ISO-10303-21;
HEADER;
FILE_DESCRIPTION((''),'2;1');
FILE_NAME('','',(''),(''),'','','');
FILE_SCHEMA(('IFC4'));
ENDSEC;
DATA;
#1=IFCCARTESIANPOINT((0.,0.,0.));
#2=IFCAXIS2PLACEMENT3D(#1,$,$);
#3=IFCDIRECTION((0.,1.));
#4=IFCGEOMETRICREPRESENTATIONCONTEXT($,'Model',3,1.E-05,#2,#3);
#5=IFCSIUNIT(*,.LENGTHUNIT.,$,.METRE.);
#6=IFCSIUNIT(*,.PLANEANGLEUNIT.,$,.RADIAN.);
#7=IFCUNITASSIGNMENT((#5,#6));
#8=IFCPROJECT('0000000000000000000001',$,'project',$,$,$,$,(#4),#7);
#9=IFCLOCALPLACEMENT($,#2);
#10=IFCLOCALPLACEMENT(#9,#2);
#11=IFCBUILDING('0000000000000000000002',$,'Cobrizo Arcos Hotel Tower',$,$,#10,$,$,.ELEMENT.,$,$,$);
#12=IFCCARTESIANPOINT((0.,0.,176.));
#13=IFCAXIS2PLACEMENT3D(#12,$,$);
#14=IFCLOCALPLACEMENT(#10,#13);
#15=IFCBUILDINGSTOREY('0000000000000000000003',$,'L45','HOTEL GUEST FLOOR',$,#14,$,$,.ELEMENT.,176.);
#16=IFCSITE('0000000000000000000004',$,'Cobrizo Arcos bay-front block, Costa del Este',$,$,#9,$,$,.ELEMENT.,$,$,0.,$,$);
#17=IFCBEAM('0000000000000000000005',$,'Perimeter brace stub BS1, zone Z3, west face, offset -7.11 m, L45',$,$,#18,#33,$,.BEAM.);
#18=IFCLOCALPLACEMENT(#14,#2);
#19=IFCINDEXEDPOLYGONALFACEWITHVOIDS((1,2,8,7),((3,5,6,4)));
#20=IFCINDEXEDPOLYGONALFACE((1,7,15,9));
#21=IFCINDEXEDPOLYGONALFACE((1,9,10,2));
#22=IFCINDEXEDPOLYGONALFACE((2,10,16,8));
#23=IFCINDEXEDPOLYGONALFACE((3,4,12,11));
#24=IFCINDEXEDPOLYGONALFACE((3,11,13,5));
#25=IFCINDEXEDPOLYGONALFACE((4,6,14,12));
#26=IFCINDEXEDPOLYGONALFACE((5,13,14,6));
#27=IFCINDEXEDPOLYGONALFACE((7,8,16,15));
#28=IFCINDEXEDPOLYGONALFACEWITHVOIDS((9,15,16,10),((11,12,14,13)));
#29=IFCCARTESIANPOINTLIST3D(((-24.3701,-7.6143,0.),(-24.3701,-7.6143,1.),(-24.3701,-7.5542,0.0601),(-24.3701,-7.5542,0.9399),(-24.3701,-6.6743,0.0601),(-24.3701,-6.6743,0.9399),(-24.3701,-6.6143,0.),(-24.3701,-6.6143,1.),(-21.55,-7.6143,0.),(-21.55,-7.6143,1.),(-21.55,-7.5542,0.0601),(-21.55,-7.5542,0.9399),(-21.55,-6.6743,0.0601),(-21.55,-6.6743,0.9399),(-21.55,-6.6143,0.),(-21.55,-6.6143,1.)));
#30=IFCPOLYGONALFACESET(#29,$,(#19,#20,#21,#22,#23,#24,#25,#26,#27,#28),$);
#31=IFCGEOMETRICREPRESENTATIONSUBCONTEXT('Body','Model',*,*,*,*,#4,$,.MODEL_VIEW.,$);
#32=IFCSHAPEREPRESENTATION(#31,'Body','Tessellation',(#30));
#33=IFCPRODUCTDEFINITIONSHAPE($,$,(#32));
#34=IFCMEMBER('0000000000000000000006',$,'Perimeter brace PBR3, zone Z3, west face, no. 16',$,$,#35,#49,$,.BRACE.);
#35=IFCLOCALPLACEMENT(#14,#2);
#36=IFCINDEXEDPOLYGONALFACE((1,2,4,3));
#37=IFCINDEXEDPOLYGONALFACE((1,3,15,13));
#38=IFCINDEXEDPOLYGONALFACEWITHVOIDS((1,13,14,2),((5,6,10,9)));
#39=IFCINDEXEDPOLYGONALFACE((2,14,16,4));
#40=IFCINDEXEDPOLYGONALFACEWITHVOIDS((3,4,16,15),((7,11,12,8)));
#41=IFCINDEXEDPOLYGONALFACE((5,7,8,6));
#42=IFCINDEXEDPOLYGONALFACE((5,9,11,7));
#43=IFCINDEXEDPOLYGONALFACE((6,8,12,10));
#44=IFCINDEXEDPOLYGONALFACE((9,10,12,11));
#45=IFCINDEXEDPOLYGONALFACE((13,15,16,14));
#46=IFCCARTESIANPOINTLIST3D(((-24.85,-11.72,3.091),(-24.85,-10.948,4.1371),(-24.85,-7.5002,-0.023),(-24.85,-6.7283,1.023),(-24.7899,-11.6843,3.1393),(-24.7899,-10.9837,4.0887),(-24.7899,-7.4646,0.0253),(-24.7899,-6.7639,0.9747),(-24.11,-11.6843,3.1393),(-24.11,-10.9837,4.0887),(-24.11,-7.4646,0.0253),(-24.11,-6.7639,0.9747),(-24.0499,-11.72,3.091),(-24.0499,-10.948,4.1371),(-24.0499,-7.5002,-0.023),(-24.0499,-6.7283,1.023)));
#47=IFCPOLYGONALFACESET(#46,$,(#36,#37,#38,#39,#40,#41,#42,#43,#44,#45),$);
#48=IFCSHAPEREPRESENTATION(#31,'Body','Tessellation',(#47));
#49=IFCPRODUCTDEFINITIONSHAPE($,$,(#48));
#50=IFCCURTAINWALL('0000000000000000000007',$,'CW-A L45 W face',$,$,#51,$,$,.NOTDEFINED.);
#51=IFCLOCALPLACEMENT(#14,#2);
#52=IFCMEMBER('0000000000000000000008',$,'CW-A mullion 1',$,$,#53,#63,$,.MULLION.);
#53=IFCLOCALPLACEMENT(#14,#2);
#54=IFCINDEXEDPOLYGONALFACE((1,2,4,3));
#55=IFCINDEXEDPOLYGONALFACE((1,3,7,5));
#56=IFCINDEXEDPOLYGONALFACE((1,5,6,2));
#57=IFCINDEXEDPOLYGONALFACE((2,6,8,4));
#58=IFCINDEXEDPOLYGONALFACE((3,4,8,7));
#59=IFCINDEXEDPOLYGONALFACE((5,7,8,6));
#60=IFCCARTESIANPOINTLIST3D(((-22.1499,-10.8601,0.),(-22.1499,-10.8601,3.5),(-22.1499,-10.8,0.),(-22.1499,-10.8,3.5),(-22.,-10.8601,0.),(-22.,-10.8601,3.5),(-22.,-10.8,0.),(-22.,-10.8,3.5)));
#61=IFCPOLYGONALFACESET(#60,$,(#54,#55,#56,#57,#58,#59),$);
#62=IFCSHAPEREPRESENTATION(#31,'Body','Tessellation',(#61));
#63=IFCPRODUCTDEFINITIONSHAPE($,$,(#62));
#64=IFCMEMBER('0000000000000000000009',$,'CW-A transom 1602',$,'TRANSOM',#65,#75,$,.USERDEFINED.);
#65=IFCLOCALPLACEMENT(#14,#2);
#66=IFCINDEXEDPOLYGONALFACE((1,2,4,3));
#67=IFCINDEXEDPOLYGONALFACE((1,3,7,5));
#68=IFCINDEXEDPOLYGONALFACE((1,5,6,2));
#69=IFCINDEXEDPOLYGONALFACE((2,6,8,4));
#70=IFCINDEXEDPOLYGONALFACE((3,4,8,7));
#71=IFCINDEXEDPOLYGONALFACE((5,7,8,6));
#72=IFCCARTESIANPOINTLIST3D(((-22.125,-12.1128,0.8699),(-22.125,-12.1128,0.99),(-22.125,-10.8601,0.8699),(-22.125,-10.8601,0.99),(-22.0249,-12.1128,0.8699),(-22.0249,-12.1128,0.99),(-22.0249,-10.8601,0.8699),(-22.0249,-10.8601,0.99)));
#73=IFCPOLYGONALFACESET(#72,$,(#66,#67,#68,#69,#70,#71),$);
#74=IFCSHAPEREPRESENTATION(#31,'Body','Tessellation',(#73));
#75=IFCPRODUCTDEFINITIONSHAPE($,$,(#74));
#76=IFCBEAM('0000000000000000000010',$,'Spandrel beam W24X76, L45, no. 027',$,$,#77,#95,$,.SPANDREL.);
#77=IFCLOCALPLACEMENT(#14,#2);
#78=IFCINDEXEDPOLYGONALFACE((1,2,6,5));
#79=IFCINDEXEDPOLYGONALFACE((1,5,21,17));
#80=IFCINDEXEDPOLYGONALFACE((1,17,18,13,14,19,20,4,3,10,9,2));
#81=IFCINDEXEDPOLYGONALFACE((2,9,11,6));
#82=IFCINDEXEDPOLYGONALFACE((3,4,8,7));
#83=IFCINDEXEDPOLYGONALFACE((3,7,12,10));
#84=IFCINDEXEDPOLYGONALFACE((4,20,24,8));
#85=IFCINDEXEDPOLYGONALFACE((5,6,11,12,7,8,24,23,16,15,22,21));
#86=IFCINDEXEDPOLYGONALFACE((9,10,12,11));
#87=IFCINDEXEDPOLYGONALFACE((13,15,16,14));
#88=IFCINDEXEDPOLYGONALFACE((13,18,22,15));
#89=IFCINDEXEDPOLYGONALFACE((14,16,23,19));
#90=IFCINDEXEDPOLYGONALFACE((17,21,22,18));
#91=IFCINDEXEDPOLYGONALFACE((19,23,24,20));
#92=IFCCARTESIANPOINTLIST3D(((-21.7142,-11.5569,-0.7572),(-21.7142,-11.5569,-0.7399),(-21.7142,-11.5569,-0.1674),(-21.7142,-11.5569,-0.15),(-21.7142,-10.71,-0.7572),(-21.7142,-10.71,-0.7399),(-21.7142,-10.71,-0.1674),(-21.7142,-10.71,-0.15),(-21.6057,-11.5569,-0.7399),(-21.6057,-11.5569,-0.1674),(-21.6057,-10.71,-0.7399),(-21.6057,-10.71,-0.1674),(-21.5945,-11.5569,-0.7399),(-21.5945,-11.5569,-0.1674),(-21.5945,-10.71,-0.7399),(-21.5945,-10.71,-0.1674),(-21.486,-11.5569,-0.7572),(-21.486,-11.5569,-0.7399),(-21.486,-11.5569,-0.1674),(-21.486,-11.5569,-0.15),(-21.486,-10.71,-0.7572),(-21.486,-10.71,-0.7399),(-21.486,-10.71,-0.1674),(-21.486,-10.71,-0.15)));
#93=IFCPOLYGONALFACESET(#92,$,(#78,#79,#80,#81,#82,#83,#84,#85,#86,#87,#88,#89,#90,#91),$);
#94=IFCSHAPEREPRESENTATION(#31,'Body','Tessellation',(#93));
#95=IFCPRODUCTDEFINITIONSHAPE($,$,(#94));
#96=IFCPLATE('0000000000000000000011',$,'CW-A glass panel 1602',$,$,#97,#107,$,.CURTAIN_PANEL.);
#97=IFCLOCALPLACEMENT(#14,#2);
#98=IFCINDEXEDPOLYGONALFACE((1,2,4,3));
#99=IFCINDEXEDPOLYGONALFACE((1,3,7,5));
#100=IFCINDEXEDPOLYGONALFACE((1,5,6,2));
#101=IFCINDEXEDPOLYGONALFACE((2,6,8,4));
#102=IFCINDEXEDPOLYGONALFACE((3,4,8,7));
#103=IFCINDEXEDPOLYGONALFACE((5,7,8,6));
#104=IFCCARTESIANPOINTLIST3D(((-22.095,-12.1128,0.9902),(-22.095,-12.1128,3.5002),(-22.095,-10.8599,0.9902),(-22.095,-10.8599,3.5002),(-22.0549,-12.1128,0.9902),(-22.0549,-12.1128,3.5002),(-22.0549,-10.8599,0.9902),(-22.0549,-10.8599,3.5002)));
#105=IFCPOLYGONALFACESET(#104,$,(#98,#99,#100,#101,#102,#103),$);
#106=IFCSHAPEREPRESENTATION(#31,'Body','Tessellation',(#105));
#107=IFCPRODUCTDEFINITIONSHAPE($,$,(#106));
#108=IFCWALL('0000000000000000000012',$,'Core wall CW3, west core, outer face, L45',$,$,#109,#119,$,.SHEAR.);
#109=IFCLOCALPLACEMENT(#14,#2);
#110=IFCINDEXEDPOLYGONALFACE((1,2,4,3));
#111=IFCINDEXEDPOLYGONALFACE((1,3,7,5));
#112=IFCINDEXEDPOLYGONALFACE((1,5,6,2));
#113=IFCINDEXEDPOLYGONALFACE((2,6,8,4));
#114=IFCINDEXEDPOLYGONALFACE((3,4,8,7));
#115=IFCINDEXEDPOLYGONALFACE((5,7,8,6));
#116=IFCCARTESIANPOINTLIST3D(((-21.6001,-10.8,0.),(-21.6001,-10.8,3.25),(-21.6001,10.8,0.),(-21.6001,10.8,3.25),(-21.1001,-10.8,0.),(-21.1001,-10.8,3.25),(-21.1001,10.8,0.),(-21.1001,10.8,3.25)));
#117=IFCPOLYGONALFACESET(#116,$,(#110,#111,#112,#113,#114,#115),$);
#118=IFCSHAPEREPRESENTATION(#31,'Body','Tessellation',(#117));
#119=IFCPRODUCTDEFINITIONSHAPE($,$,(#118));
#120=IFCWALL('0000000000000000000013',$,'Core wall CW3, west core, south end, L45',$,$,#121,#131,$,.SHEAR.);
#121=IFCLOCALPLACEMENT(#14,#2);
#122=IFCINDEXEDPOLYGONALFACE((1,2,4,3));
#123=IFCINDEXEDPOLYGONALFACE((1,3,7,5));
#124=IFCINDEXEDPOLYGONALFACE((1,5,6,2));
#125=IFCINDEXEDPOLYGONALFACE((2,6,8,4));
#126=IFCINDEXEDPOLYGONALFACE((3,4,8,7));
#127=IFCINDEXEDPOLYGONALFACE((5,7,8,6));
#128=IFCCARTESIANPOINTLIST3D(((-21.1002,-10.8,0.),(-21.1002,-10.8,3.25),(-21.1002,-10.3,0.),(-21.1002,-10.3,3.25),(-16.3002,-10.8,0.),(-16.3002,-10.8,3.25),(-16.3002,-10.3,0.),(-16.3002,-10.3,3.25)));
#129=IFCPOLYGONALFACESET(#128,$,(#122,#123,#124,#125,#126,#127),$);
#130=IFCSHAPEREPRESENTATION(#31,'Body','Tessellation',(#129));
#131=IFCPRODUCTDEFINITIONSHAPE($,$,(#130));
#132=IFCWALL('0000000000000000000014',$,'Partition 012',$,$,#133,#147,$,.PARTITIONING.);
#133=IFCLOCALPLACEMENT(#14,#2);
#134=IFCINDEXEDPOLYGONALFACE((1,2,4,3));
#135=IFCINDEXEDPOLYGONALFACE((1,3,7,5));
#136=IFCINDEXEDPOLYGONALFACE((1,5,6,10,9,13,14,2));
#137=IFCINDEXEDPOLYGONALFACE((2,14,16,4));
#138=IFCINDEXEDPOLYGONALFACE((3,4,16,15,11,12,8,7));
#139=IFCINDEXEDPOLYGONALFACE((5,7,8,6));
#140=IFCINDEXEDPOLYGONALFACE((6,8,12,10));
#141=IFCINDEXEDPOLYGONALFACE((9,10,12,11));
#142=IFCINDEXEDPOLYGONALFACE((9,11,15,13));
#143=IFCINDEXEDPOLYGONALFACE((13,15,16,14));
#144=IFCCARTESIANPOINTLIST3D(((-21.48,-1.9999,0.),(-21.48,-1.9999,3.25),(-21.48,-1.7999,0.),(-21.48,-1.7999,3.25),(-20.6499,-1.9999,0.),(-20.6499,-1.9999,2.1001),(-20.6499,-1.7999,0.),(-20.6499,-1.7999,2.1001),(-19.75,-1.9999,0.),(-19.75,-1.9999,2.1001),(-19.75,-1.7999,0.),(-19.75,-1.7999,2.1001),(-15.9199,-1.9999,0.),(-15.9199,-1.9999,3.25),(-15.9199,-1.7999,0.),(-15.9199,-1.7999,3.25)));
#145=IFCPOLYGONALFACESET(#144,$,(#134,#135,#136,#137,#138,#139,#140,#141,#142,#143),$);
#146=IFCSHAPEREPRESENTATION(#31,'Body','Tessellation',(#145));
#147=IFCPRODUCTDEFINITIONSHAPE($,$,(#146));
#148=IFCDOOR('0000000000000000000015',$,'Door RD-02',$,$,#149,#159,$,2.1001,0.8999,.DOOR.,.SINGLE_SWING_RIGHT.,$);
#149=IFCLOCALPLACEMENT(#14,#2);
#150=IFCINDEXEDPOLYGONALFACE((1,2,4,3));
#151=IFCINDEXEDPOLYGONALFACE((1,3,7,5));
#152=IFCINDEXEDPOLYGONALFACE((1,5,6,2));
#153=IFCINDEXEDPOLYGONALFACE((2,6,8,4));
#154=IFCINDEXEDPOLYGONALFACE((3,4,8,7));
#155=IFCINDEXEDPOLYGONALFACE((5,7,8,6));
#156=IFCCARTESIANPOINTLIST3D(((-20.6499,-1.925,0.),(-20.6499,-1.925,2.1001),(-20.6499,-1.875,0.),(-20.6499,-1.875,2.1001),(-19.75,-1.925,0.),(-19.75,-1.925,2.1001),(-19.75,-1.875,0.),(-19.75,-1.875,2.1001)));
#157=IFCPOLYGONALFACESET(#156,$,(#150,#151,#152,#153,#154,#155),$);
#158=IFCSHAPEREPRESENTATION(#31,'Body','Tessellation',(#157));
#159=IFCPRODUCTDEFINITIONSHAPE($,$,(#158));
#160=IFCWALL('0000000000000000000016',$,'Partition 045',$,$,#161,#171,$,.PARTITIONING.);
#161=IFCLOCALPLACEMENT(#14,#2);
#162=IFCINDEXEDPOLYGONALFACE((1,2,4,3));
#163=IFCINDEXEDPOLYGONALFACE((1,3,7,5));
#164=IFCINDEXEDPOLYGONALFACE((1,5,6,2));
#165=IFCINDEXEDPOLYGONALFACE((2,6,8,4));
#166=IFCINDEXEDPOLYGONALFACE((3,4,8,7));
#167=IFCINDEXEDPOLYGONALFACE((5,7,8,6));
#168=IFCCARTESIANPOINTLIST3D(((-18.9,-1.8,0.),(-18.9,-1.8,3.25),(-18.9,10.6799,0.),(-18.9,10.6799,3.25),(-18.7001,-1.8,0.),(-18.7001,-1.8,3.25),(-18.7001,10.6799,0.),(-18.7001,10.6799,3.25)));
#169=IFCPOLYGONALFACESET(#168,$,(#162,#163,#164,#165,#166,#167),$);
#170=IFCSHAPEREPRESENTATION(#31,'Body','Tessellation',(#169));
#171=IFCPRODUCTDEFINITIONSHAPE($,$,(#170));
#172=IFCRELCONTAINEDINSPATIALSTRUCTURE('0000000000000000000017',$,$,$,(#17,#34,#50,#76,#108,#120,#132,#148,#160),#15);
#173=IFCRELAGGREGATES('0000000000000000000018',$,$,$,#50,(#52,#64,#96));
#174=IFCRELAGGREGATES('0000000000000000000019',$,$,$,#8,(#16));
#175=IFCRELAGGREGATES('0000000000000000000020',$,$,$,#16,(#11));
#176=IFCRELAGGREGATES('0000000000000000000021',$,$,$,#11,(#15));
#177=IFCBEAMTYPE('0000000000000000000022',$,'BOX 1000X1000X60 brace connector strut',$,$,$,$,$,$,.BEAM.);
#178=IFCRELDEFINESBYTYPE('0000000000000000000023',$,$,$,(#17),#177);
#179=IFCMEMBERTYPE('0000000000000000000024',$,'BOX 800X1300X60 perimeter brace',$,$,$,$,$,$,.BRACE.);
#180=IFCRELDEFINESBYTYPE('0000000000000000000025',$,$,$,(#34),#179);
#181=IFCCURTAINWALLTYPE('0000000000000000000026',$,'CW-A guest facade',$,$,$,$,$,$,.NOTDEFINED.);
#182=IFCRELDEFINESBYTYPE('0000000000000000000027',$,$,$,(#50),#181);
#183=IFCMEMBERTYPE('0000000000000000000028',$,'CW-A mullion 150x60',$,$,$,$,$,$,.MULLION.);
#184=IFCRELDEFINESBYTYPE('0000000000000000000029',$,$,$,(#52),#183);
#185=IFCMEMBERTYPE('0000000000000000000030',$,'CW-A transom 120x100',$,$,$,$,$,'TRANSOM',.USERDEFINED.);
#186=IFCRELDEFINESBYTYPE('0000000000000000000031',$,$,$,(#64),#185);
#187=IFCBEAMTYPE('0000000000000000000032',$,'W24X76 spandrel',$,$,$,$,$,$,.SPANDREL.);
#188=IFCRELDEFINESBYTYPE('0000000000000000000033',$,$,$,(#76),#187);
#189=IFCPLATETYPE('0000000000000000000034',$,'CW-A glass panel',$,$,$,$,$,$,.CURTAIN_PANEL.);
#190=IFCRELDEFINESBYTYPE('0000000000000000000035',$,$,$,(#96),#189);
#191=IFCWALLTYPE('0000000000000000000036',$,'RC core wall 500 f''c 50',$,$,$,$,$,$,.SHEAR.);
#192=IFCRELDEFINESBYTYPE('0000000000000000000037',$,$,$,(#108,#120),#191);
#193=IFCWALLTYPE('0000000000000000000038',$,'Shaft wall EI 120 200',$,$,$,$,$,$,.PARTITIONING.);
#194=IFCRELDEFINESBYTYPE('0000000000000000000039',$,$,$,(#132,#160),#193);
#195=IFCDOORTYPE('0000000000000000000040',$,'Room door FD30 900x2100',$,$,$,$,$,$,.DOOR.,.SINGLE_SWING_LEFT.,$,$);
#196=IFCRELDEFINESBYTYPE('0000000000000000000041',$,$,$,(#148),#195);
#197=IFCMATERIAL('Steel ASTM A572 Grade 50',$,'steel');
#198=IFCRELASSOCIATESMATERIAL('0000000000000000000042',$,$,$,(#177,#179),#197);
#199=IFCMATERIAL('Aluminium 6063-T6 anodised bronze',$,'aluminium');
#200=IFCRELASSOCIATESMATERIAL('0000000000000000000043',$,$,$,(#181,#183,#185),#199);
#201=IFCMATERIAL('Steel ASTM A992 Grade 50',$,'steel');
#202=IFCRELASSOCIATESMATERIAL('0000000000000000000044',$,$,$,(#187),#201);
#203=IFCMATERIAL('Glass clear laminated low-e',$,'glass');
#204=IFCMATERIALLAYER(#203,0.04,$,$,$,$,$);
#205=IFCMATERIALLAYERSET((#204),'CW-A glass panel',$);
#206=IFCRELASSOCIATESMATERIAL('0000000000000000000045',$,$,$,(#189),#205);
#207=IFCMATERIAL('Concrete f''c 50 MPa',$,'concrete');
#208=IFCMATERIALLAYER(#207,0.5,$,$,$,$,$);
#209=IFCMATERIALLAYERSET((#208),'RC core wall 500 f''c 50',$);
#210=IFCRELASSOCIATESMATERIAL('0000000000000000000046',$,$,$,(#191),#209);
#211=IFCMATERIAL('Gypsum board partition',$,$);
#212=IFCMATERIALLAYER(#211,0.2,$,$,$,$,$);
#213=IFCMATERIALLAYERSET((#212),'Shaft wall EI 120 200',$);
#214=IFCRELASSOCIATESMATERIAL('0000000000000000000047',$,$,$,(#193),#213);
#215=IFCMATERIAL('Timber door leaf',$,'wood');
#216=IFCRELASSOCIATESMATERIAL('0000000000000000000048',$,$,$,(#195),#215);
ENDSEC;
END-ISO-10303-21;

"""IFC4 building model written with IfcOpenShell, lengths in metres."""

from ifc_helpers import new_model, si_unit, direction, frame, frame_2d, origin, origin_2d, place, context, subcontext, project, spatial, rectangle, hollow_rectangle, i_section, extrude, material, layer, layer_set, material_profile, profile_set, type_object, element, fill, aggregate, save


model = new_model("IFC4")

# Units and contexts
model_context = context("Model", 3, precision=1e-05, world=origin(), true_north=direction((0.0, 1.0)))
body_context = subcontext(model_context, "Body", "Model", "MODEL_VIEW")
ifc_project = project(units=[si_unit("LENGTHUNIT", "METRE"), si_unit("PLANEANGLEUNIT", "RADIAN")], contexts=[model_context])

# Site, building, storey
site_placement = place(None, origin())
site = spatial("IfcSite", under=ifc_project, at=site_placement, Name="Cobrizo Arcos bay-front block, Costa del Este", CompositionType="ELEMENT", RefElevation=0.0)
building_placement = place(site_placement, origin())
building = spatial("IfcBuilding", under=site, at=building_placement, Name="Cobrizo Arcos Hotel Tower", CompositionType="ELEMENT")
storey_placement = place(building_placement, frame((0.0, 0.0, 176.0)))
storey = spatial("IfcBuildingStorey", under=building, at=storey_placement, Name="L45", Description="HOTEL GUEST FLOOR", CompositionType="ELEMENT", Elevation=176.0)

# Beam
ifc_material_1 = material(Name="Steel ASTM A572 Grade 50", Category="steel")
ifc_material_profile_1 = material_profile(ifc_material_1, hollow_rectangle(XDim=1.0, YDim=1.0, WallThickness=0.0601, at=origin_2d()), Name="BOX 1000X1000X60")
ifc_profile_set_1 = profile_set([ifc_material_profile_1], Name="Steel ASTM A572 Grade 50")
beam_type_1 = type_object("IfcBeamType", Name="BOX 1000X1000X60 brace connector strut", PredefinedType="BEAM", material=ifc_profile_set_1)
beam_1_placement = place(storey_placement, frame((-21.55, -7.1143, 0.5), z_axis=(-1.0, 0.0, 0.0), x_axis=(0.0, -1.0, 0.0)))
element("IfcBeam", 1, at=beam_1_placement, inside=storey, type_object=beam_type_1, Name="Perimeter brace stub BS1, zone Z3, west face, offset -7.11 m, L45", PredefinedType="BEAM", context=body_context, shape_type="SweptSolid", body=[
    extrude(hollow_rectangle(XDim=1.0, YDim=1.0, WallThickness=0.0601, at=origin_2d()), origin(), (0.0, 0.0, 1.0), 2.8201),
])

# Member
ifc_material_profile_2 = material_profile(ifc_material_1, hollow_rectangle(XDim=0.8, YDim=1.3, WallThickness=0.0601, at=origin_2d()), Name="BOX 800X1300X60")
ifc_profile_set_2 = profile_set([ifc_material_profile_2], Name="Steel ASTM A572 Grade 50")
member_type_1 = type_object("IfcMemberType", Name="BOX 800X1300X60 perimeter brace", PredefinedType="BRACE", material=ifc_profile_set_2)
member_1_placement = place(storey_placement, frame((-24.45, -7.1143, 0.5), z_axis=(0.0, -0.804624, 0.593785), x_axis=(1.0, 0.0, 0.0)))
element("IfcMember", 2, at=member_1_placement, inside=storey, type_object=member_type_1, Name="Perimeter brace PBR3, zone Z3, west face, no. 16", PredefinedType="BRACE", context=body_context, shape_type="SweptSolid", body=[
    extrude(hollow_rectangle(XDim=0.8, YDim=1.3, WallThickness=0.0601, at=origin_2d()), origin(), (0.0, 0.0, 1.0), 5.2444),
])

# Curtain wall, members
ifc_material_2 = material(Name="Aluminium 6063-T6 anodised bronze", Category="aluminium")
curtain_wall_type = type_object("IfcCurtainWallType", Name="CW-A guest facade", PredefinedType="NOTDEFINED", material=ifc_material_2)
curtain_wall_placement = place(storey_placement, origin())
curtain_wall = element("IfcCurtainWall", 3, at=curtain_wall_placement, inside=storey, type_object=curtain_wall_type, Name="CW-A L45 W face", PredefinedType="NOTDEFINED")
ifc_material_profile_3 = material_profile(ifc_material_2, rectangle(XDim=0.1499, YDim=0.0601, at=origin_2d()), Name="CW-A mullion 150x60")
ifc_profile_set_3 = profile_set([ifc_material_profile_3], Name="Aluminium 6063-T6 anodised bronze")
member_type_2 = type_object("IfcMemberType", Name="CW-A mullion 150x60", PredefinedType="MULLION", material=ifc_profile_set_3)
member_2_placement = place(storey_placement, frame((-22.075, -10.8301, 0.0), z_axis=(0.0, 0.0, 1.0), x_axis=(-1.0, 0.0, 0.0)))
member_2 = element("IfcMember", 4, at=member_2_placement, type_object=member_type_2, Name="CW-A mullion 1", PredefinedType="MULLION", context=body_context, shape_type="SweptSolid", body=[
    extrude(rectangle(XDim=0.1499, YDim=0.0601, at=origin_2d()), origin(), (0.0, 0.0, 1.0), 3.5),
])
ifc_material_profile_4 = material_profile(ifc_material_2, rectangle(XDim=0.1001, YDim=0.1201, at=origin_2d()), Name="CW-A transom 120x100")
ifc_profile_set_4 = profile_set([ifc_material_profile_4], Name="Aluminium 6063-T6 anodised bronze")
member_type_3 = type_object("IfcMemberType", Name="CW-A transom 120x100", ElementType="TRANSOM", PredefinedType="USERDEFINED", material=ifc_profile_set_4)
member_3_placement = place(storey_placement, frame((-22.075, -10.8601, 0.9299), z_axis=(0.0, -1.0, 0.0), x_axis=(1.0, 0.0, 0.0)))
member_3 = element("IfcMember", 5, at=member_3_placement, type_object=member_type_3, Name="CW-A transom 1602", ObjectType="TRANSOM", PredefinedType="USERDEFINED", context=body_context, shape_type="SweptSolid", body=[
    extrude(rectangle(XDim=0.1001, YDim=0.1201, at=origin_2d()), origin(), (0.0, 0.0, 1.0), 1.2527),
])

# Beam
ifc_material_3 = material(Name="Steel ASTM A992 Grade 50", Category="steel")
ifc_material_profile_5 = material_profile(ifc_material_3, i_section(OverallWidth=0.2283, OverallDepth=0.6072, WebThickness=0.0112, FlangeThickness=0.0173, at=origin_2d()), Name="W24X76")
ifc_profile_set_5 = profile_set([ifc_material_profile_5], Name="Steel ASTM A992 Grade 50")
beam_type_2 = type_object("IfcBeamType", Name="W24X76 spandrel", PredefinedType="SPANDREL", material=ifc_profile_set_5)
beam_2_placement = place(storey_placement, frame((-21.6001, -10.71, -0.4536), z_axis=(0.0, -1.0, 0.0), x_axis=(1.0, 0.0, 0.0)))
element("IfcBeam", 6, at=beam_2_placement, inside=storey, type_object=beam_type_2, Name="Spandrel beam W24X76, L45, no. 027", PredefinedType="SPANDREL", context=body_context, shape_type="SweptSolid", body=[
    extrude(i_section(OverallWidth=0.2283, OverallDepth=0.6072, WebThickness=0.0112, FlangeThickness=0.0173, at=origin_2d()), origin(), (0.0, 0.0, 1.0), 0.8469),
])

# Plate
ifc_material_4 = material(Name="Glass clear laminated low-e", Category="glass")
ifc_layer_1 = layer(ifc_material_4, 0.04)
ifc_layer_set_1 = layer_set([ifc_layer_1], Name="CW-A glass panel")
plate_type = type_object("IfcPlateType", Name="CW-A glass panel", PredefinedType="CURTAIN_PANEL", material=ifc_layer_set_1)
plate_placement = place(storey_placement, frame((-22.075, -11.4863, 0.9902), z_axis=(0.0, 0.0, 1.0), x_axis=(0.0, -1.0, 0.0)))
plate = element("IfcPlate", 7, at=plate_placement, type_object=plate_type, Name="CW-A glass panel 1602", PredefinedType="CURTAIN_PANEL", context=body_context, shape_type="SweptSolid", body=[
    extrude(rectangle(XDim=1.2529, YDim=0.04, at=origin_2d()), origin(), (0.0, 0.0, 1.0), 2.51),
])
aggregate(curtain_wall, [member_2, member_3, plate])

# Walls
ifc_material_5 = material(Name="Concrete f'c 50 MPa", Category="concrete")
ifc_layer_2 = layer(ifc_material_5, 0.5)
ifc_layer_set_2 = layer_set([ifc_layer_2], Name="RC core wall 500 f'c 50")
wall_type_1 = type_object("IfcWallType", Name="RC core wall 500 f'c 50", PredefinedType="SHEAR", material=ifc_layer_set_2)
wall_1_placement = place(storey_placement, frame((-21.3501, -10.8, 0.0), z_axis=(0.0, 0.0, 1.0), x_axis=(0.0, 1.0, 0.0)))
element("IfcWall", 8, at=wall_1_placement, inside=storey, type_object=wall_type_1, Name="Core wall CW3, west core, outer face, L45", PredefinedType="SHEAR", context=body_context, shape_type="SweptSolid", body=[
    extrude(rectangle(XDim=21.6001, YDim=0.5, at=frame_2d((10.8, 0.0))), origin(), (0.0, 0.0, 1.0), 3.25),
])
wall_2_placement = place(storey_placement, frame((-21.1001, -10.55, 0.0), z_axis=(0.0, 0.0, 1.0), x_axis=(1.0, 0.0, 0.0)))
element("IfcWall", 9, at=wall_2_placement, inside=storey, type_object=wall_type_1, Name="Core wall CW3, west core, south end, L45", PredefinedType="SHEAR", context=body_context, shape_type="SweptSolid", body=[
    extrude(rectangle(XDim=4.8, YDim=0.5, at=frame_2d((2.3999, 0.0))), origin(), (0.0, 0.0, 1.0), 3.25),
])

# Wall, opening, door
ifc_material_6 = material(Name="Gypsum board partition")
ifc_layer_3 = layer(ifc_material_6, 0.2)
ifc_layer_set_3 = layer_set([ifc_layer_3], Name="Shaft wall EI 120 200")
wall_type_2 = type_object("IfcWallType", Name="Shaft wall EI 120 200", PredefinedType="PARTITIONING", material=ifc_layer_set_3)
wall_3_placement = place(storey_placement, frame((-21.48, -1.8999, 0.0), z_axis=(0.0, 0.0, 1.0), x_axis=(1.0, 0.0, 0.0)))
wall_3 = element("IfcWall", 10, at=wall_3_placement, inside=storey, type_object=wall_type_2, Name="Partition 012", PredefinedType="PARTITIONING", context=body_context, shape_type="SweptSolid", body=[
    extrude(rectangle(XDim=5.5601, YDim=0.2, at=frame_2d((2.78, 0.0))), origin(), (0.0, 0.0, 1.0), 3.25),
])
opening_placement = place(wall_3_placement, frame((0.8301, 0.0, 0.0)))
opening = element("IfcOpeningElement", 11, at=opening_placement, cuts=wall_3, PredefinedType="OPENING", context=body_context, shape_type="SweptSolid", body=[
    extrude(rectangle(XDim=0.8999, YDim=2.1001, at=frame_2d((0.45, 1.05))), frame((0.0, 0.1121, 0.0), z_axis=(0.0, -1.0, 0.0), x_axis=(1.0, 0.0, 0.0)), (0.0, 0.0, 1.0), 0.2239),
])
ifc_material_7 = material(Name="Timber door leaf", Category="wood")
door_type = type_object("IfcDoorType", Name="Room door FD30 900x2100", OperationType="SINGLE_SWING_LEFT", PredefinedType="DOOR", material=ifc_material_7)
door_placement = place(opening_placement, origin())
door = element("IfcDoor", 12, at=door_placement, inside=storey, type_object=door_type, Name="Door RD-02", OperationType="SINGLE_SWING_RIGHT", OverallHeight=2.1001, OverallWidth=0.8999, PredefinedType="DOOR", context=body_context, shape_type="SweptSolid", body=[
    extrude(rectangle(XDim=0.8999, YDim=2.1001, at=frame_2d((0.45, 1.05))), frame((0.0, 0.0249, 0.0), z_axis=(0.0, -1.0, 0.0), x_axis=(1.0, 0.0, 0.0)), (0.0, 0.0, 1.0), 0.05),
])
fill(opening, door)

# Wall
wall_4_placement = place(storey_placement, frame((-18.8, -1.8, 0.0), z_axis=(0.0, 0.0, 1.0), x_axis=(0.0, 1.0, 0.0)))
element("IfcWall", 13, at=wall_4_placement, inside=storey, type_object=wall_type_2, Name="Partition 045", PredefinedType="PARTITIONING", context=body_context, shape_type="SweptSolid", body=[
    extrude(rectangle(XDim=12.48, YDim=0.2, at=frame_2d((6.24, 0.0))), origin(), (0.0, 0.0, 1.0), 3.25),
])

save(model, "model.ifc")
